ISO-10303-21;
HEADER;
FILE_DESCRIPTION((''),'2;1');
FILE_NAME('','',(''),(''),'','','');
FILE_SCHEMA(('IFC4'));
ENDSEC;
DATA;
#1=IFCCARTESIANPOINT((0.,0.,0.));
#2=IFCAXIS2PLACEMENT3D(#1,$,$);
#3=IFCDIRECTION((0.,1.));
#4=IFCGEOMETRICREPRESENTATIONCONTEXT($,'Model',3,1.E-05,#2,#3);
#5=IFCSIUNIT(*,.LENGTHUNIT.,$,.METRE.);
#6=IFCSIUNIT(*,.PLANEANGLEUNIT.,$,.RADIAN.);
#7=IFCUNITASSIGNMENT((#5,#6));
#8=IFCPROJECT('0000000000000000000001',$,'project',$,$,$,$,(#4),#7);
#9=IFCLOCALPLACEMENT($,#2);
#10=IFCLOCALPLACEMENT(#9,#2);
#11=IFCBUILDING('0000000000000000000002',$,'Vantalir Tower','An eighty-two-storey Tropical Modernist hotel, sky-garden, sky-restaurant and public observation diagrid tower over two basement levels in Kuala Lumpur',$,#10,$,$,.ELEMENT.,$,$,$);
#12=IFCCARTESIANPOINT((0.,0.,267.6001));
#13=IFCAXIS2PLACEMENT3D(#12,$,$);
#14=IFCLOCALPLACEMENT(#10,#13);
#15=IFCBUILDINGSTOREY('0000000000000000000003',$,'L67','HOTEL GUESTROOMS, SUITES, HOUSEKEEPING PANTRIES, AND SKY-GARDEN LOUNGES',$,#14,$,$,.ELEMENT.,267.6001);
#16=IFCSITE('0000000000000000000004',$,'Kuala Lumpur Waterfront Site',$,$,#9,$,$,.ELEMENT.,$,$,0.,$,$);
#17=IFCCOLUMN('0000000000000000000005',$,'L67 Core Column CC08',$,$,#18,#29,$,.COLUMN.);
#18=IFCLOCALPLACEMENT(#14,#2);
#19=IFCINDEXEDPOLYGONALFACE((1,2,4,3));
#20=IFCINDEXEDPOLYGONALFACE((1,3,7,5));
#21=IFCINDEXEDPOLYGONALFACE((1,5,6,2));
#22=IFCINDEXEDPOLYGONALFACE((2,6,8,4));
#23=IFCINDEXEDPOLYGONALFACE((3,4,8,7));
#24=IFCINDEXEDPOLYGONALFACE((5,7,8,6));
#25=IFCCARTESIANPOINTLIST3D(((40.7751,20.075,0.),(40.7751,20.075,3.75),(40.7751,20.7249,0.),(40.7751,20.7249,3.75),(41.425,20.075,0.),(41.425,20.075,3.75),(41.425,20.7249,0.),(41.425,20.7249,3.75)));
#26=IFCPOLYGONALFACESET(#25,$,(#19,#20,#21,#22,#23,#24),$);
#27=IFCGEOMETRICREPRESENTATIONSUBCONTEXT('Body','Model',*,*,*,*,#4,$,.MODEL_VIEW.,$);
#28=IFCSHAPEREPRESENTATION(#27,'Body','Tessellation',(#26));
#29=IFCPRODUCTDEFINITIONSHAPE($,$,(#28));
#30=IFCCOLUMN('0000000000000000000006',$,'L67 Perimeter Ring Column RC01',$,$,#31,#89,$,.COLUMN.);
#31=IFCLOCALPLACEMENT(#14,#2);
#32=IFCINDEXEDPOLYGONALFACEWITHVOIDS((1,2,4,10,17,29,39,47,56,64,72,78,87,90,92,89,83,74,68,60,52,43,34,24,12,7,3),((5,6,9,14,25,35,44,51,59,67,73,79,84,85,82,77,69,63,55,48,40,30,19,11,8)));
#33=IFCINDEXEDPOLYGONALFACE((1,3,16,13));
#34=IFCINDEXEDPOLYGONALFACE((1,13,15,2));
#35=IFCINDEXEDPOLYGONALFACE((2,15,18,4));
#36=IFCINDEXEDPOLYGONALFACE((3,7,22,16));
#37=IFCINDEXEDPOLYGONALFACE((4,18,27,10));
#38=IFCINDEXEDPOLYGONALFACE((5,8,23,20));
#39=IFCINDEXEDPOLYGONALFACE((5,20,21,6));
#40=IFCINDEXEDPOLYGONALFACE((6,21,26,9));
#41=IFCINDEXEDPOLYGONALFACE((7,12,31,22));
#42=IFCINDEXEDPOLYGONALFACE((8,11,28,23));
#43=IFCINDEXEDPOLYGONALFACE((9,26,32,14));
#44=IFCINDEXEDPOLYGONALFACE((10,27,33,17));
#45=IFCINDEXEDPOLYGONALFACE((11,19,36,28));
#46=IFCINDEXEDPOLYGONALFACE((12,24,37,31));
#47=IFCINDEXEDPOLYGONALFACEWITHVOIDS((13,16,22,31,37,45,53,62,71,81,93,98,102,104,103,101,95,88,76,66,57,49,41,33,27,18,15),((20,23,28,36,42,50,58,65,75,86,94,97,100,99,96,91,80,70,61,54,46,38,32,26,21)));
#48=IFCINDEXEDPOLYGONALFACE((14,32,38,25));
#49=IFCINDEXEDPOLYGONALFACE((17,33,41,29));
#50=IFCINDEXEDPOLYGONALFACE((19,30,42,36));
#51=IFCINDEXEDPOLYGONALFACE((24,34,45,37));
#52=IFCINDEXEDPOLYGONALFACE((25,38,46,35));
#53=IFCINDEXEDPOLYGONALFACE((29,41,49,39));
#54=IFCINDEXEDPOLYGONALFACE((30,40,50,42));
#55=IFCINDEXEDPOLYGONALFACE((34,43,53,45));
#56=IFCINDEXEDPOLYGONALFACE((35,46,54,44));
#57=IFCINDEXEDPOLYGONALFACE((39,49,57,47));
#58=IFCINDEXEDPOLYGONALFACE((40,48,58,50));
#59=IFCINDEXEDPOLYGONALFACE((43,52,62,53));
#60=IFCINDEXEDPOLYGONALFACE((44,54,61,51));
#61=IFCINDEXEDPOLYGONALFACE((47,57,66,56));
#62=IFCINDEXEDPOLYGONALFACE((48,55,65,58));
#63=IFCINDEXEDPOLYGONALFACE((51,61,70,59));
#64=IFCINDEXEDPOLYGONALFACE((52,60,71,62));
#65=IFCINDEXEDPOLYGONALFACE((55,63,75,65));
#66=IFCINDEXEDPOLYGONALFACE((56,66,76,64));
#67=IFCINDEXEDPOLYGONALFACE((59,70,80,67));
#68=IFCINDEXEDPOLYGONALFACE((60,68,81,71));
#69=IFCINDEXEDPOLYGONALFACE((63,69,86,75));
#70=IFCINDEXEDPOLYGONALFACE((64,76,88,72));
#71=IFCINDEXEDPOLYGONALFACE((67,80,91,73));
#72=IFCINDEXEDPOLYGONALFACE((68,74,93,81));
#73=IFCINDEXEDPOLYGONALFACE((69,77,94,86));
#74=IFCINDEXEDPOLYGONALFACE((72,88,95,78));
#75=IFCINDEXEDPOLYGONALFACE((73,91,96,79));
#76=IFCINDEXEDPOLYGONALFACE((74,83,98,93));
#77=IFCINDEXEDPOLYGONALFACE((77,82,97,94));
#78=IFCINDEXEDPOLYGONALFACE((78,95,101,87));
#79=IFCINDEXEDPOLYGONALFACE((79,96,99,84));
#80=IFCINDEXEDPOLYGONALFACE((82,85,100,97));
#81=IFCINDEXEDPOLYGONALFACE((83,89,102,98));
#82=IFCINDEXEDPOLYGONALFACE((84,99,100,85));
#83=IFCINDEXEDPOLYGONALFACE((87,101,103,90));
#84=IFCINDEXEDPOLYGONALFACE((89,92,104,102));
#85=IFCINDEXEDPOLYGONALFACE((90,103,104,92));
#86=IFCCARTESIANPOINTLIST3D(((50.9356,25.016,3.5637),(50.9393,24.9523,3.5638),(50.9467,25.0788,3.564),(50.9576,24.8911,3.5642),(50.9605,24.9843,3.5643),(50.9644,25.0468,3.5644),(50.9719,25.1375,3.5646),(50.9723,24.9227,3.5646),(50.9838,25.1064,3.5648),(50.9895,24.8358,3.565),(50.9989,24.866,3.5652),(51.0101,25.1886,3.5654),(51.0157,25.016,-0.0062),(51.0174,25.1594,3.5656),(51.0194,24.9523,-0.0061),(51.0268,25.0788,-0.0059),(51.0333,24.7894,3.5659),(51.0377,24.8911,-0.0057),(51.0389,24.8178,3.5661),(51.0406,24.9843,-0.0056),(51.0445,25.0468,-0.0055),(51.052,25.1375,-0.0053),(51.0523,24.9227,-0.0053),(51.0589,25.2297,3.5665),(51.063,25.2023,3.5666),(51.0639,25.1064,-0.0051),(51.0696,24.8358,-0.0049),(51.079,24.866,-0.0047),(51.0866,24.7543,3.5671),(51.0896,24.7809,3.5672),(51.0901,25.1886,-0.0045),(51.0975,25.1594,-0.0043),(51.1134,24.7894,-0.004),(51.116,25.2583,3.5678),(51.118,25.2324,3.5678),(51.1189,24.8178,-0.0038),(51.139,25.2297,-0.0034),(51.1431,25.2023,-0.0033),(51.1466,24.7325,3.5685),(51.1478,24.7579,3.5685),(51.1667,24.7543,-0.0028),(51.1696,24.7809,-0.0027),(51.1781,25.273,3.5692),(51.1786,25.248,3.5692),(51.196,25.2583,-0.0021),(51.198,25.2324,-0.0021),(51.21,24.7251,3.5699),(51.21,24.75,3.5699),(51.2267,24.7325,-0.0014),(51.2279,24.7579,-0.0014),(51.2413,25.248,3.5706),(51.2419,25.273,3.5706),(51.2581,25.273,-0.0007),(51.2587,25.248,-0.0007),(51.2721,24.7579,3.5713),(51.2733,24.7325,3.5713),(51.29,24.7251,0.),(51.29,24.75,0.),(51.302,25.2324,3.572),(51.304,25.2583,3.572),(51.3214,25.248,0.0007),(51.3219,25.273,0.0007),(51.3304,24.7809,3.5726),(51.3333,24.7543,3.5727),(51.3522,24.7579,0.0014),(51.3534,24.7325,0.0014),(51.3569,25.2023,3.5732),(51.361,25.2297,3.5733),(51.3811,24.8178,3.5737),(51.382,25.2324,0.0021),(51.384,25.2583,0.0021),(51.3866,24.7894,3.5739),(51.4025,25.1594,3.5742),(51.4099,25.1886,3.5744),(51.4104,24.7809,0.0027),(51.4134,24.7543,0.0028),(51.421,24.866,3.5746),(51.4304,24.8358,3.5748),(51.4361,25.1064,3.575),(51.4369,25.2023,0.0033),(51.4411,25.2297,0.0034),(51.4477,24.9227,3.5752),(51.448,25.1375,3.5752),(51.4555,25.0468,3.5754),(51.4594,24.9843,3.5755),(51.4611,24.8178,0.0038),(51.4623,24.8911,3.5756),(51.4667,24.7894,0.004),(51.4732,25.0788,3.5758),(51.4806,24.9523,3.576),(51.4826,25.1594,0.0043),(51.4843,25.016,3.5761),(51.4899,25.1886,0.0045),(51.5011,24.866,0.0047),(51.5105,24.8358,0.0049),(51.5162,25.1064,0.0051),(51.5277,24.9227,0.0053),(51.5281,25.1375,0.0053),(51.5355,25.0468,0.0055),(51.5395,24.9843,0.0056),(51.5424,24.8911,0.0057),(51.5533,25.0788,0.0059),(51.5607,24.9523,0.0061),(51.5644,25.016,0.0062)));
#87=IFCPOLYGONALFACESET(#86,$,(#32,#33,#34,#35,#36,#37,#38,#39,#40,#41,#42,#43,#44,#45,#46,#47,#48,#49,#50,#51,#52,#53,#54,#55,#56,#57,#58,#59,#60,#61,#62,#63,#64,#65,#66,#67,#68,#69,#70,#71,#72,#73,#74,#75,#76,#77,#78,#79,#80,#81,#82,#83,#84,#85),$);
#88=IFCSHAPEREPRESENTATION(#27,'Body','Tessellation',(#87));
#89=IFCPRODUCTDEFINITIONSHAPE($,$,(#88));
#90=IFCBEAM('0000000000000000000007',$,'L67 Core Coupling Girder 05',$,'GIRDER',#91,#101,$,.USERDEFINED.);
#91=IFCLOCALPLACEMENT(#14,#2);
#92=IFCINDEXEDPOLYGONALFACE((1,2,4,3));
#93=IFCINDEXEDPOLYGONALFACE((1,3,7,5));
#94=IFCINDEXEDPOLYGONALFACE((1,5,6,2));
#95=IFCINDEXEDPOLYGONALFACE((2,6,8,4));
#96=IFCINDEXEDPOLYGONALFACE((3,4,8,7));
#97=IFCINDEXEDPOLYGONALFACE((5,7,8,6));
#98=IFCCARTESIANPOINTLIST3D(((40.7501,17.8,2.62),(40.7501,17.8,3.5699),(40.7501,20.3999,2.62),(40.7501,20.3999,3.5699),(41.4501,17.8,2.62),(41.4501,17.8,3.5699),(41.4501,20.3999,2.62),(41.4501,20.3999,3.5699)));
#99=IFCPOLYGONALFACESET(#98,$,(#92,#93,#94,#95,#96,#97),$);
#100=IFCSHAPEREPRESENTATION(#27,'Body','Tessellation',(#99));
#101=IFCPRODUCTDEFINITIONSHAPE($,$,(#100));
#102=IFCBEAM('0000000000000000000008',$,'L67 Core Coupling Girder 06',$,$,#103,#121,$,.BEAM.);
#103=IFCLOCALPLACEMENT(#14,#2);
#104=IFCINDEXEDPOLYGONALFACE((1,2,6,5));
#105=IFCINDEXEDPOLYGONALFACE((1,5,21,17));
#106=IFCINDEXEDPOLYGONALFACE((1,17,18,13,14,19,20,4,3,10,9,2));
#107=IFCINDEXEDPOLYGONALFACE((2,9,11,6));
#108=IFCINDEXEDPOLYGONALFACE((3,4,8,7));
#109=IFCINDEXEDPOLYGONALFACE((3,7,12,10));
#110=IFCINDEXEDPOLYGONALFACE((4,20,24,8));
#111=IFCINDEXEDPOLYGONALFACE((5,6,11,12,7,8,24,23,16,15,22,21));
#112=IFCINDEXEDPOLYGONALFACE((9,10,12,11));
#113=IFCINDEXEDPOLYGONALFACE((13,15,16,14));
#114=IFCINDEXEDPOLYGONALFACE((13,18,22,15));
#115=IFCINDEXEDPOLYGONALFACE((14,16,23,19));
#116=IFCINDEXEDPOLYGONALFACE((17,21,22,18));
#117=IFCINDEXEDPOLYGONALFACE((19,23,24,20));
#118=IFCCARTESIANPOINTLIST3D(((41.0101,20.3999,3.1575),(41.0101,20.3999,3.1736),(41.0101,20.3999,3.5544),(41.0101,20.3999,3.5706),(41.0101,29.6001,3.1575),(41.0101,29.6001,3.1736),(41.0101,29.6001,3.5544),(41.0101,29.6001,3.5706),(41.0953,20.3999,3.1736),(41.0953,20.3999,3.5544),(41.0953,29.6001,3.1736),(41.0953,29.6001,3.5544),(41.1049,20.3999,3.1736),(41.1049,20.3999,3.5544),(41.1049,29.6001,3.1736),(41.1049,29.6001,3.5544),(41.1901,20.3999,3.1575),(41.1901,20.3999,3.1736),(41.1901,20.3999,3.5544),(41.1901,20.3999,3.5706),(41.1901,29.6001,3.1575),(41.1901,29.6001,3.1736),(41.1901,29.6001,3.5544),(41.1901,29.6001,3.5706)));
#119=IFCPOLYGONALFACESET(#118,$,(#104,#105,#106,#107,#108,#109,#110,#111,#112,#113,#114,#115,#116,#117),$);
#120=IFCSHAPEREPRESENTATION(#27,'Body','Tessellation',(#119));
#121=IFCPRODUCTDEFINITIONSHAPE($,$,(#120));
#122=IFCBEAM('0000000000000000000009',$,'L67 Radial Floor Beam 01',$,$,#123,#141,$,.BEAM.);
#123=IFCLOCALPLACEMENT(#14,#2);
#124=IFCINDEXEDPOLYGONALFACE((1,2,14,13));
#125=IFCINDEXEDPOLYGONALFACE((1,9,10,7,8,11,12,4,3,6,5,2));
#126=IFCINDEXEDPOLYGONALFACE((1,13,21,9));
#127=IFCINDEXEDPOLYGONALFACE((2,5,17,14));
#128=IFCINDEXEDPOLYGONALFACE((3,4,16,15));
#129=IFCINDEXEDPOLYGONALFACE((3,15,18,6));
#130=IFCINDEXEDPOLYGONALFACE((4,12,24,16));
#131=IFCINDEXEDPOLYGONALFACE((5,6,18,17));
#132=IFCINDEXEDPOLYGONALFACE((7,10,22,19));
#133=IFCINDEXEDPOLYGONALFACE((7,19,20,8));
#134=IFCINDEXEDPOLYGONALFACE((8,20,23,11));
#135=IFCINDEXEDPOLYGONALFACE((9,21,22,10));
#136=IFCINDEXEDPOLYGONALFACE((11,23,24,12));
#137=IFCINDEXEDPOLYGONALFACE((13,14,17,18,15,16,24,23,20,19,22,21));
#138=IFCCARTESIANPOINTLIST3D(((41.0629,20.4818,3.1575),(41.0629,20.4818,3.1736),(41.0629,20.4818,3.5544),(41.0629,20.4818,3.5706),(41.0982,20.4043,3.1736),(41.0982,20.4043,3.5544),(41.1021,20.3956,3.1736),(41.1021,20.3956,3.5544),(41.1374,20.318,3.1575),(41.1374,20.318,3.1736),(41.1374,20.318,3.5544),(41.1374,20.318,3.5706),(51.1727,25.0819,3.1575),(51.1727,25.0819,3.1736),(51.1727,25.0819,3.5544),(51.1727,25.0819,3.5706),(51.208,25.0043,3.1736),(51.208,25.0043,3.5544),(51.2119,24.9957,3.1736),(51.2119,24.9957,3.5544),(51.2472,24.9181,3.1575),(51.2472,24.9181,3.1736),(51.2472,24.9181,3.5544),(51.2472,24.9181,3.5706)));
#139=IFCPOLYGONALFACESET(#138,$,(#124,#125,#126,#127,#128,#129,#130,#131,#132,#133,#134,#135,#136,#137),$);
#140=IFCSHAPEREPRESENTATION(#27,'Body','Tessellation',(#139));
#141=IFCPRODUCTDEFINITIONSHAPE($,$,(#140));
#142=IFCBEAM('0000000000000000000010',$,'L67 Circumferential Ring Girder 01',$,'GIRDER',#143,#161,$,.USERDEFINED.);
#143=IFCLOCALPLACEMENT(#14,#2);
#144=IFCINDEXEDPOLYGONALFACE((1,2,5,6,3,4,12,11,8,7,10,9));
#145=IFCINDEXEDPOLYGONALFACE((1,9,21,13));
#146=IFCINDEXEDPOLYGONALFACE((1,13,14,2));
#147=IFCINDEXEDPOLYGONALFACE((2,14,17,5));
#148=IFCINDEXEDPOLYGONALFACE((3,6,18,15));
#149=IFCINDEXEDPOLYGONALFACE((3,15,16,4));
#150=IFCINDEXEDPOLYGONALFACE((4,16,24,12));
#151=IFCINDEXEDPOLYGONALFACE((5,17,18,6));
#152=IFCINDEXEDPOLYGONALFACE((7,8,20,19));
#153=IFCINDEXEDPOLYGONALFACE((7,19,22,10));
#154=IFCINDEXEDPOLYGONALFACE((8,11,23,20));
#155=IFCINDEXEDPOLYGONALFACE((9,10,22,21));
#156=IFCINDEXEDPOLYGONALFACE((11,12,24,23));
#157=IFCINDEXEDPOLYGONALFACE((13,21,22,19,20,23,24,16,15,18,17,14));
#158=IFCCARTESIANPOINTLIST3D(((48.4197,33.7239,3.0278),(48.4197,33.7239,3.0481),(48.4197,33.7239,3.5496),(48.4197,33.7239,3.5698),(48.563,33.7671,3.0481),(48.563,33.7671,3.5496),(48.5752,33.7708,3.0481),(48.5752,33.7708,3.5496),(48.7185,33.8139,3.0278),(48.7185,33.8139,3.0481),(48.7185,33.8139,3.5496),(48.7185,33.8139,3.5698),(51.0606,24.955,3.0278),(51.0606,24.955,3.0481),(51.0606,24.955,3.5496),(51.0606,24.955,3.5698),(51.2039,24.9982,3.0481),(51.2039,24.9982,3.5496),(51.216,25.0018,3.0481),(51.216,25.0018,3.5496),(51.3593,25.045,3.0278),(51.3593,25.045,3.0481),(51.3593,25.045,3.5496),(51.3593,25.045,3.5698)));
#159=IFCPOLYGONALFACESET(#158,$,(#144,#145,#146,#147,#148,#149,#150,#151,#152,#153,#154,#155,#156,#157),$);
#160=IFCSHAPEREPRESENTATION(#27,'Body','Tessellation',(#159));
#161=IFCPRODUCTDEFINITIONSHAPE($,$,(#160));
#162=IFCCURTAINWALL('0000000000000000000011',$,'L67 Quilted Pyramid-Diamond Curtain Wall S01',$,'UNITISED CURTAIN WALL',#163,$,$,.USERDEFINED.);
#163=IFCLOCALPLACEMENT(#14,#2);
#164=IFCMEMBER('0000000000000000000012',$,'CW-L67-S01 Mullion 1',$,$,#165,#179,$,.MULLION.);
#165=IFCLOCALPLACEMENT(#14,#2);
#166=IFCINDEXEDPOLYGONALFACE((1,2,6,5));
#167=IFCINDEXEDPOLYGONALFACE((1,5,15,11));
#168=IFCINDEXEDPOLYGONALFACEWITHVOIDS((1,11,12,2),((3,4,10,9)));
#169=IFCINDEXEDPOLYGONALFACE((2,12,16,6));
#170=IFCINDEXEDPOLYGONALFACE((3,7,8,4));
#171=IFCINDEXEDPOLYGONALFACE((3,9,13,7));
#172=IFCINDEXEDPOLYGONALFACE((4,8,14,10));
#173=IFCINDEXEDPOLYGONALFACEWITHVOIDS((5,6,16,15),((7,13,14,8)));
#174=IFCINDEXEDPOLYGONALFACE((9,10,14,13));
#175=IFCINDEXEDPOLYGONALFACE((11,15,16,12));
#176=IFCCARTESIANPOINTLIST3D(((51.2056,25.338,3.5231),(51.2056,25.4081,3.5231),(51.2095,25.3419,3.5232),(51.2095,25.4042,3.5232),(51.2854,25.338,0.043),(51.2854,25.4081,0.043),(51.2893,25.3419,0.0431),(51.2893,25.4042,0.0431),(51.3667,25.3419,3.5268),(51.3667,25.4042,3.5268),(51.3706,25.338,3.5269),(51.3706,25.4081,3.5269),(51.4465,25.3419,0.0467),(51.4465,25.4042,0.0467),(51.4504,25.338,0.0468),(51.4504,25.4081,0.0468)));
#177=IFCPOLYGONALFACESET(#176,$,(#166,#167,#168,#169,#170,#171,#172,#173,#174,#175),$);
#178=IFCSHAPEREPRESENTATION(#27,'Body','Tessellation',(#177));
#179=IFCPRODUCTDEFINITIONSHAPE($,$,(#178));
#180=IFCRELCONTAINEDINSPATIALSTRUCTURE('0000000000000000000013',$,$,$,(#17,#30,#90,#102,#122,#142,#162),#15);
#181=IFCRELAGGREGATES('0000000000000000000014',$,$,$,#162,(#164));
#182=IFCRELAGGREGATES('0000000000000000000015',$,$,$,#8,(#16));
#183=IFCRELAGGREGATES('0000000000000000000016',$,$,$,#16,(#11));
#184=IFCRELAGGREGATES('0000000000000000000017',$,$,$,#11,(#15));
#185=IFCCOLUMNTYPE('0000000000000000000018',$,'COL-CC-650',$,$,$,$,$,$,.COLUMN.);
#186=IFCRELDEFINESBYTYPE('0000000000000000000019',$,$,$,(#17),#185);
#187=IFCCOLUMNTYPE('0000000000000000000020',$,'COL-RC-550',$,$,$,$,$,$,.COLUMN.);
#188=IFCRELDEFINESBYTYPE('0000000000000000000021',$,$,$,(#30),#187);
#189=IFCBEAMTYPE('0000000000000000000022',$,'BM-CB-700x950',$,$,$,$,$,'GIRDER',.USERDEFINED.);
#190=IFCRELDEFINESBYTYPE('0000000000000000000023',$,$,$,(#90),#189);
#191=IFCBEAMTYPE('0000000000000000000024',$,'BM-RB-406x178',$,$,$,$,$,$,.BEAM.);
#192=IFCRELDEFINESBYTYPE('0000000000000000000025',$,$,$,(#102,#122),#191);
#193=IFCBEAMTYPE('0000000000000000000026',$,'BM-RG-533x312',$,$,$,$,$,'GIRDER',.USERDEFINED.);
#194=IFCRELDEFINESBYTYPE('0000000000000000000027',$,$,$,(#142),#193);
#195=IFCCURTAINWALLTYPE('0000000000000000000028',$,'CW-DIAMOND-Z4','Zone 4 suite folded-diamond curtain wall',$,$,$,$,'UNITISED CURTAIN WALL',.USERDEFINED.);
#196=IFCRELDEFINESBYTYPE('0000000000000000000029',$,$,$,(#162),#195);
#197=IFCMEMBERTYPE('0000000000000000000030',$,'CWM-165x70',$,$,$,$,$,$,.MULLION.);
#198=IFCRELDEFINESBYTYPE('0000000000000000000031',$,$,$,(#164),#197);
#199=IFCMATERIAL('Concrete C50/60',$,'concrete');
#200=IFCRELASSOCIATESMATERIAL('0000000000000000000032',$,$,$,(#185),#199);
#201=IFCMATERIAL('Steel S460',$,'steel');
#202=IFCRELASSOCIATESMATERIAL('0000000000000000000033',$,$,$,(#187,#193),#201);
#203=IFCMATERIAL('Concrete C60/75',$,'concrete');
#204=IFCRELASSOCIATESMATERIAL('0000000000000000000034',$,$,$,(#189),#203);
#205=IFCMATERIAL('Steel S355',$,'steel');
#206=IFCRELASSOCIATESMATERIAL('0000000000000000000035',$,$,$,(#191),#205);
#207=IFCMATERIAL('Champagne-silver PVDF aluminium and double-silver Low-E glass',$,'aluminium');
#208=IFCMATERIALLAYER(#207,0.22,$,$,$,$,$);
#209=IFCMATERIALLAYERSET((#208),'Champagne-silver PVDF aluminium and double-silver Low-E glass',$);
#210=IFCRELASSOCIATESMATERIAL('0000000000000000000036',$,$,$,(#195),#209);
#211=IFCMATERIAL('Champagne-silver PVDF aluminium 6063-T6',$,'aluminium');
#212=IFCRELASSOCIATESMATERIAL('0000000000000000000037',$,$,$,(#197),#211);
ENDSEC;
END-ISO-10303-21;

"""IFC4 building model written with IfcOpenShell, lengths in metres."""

from ifc_helpers import new_model, si_unit, direction, frame, origin, origin_2d, place, context, subcontext, project, spatial, rectangle, hollow_rectangle, hollow_circle, i_section, extrude, material, layer, layer_set, material_profile, profile_set, type_object, element, aggregate, save


model = new_model("IFC4")

# Units and contexts
model_context = context("Model", 3, precision=1e-05, world=origin(), true_north=direction((0.0, 1.0)))
body_context = subcontext(model_context, "Body", "Model", "MODEL_VIEW")
ifc_project = project(units=[si_unit("LENGTHUNIT", "METRE"), si_unit("PLANEANGLEUNIT", "RADIAN")], contexts=[model_context])

# Site, building, storey
site_placement = place(None, origin())
site = spatial("IfcSite", under=ifc_project, at=site_placement, Name="Kuala Lumpur Waterfront Site", CompositionType="ELEMENT", RefElevation=0.0)
building_placement = place(site_placement, origin())
building = spatial("IfcBuilding", under=site, at=building_placement, Name="Vantalir Tower", Description="An eighty-two-storey Tropical Modernist hotel, sky-garden, sky-restaurant and public observation diagrid tower over two basement levels in Kuala Lumpur", CompositionType="ELEMENT")
storey_placement = place(building_placement, frame((0.0, 0.0, 267.6001)))
storey = spatial("IfcBuildingStorey", under=building, at=storey_placement, Name="L67", Description="HOTEL GUESTROOMS, SUITES, HOUSEKEEPING PANTRIES, AND SKY-GARDEN LOUNGES", CompositionType="ELEMENT", Elevation=267.6001)

# Columns
ifc_material_1 = material(Name="Concrete C50/60", Category="concrete")
ifc_material_profile_1 = material_profile(ifc_material_1, rectangle(XDim=0.6499, YDim=0.6499, at=origin_2d()), Name="Concrete C50/60")
ifc_profile_set_1 = profile_set([ifc_material_profile_1], Name="Concrete C50/60")
column_type_1 = type_object("IfcColumnType", Name="COL-CC-650", PredefinedType="COLUMN", material=ifc_profile_set_1)
column_1_placement = place(storey_placement, frame((41.1001, 20.3999, 0.0), z_axis=(0.0, 0.0, 1.0), x_axis=(1.0, 0.0, 0.0)))
element("IfcColumn", 1, at=column_1_placement, inside=storey, type_object=column_type_1, Name="L67 Core Column CC08", PredefinedType="COLUMN", context=body_context, shape_type="SweptSolid", body=[
    extrude(rectangle(XDim=0.6499, YDim=0.6499, at=origin_2d()), origin(), (0.0, 0.0, 1.0), 3.75),
])
ifc_material_2 = material(Name="Steel S460", Category="steel")
ifc_material_profile_2 = material_profile(ifc_material_2, hollow_circle(Radius=0.2749, WallThickness=0.0249, at=origin_2d()), Name="Steel S460")
ifc_profile_set_2 = profile_set([ifc_material_profile_2], Name="Steel S460")
column_type_2 = type_object("IfcColumnType", Name="COL-RC-550", PredefinedType="COLUMN", material=ifc_profile_set_2)
column_2_placement = place(storey_placement, frame((51.29, 25.0, 0.0), z_axis=(-0.022426, 0.0, 0.999748), x_axis=(0.0, -1.0, 0.0)))
element("IfcColumn", 2, at=column_2_placement, inside=storey, type_object=column_type_2, Name="L67 Perimeter Ring Column RC01", PredefinedType="COLUMN", context=body_context, shape_type="SweptSolid", body=[
    extrude(hollow_circle(Radius=0.2749, WallThickness=0.0249, at=origin_2d()), origin(), (0.0, 0.0, 1.0), 3.5708),
])

# Beams
ifc_material_3 = material(Name="Concrete C60/75", Category="concrete")
ifc_material_profile_3 = material_profile(ifc_material_3, rectangle(XDim=0.7, YDim=0.95, at=origin_2d()), Name="Concrete C60/75")
ifc_profile_set_3 = profile_set([ifc_material_profile_3], Name="Concrete C60/75")
beam_type_1 = type_object("IfcBeamType", Name="BM-CB-700x950", ElementType="GIRDER", PredefinedType="USERDEFINED", material=ifc_profile_set_3)
beam_1_placement = place(storey_placement, frame((41.1001, 17.8, 3.095), z_axis=(0.0, 1.0, 0.0), x_axis=(-1.0, 0.0, 0.0)))
element("IfcBeam", 3, at=beam_1_placement, inside=storey, type_object=beam_type_1, Name="L67 Core Coupling Girder 05", ObjectType="GIRDER", PredefinedType="USERDEFINED", context=body_context, shape_type="SweptSolid", body=[
    extrude(rectangle(XDim=0.7, YDim=0.95, at=origin_2d()), origin(), (0.0, 0.0, 1.0), 2.5999),
])
ifc_material_4 = material(Name="Steel S355", Category="steel")
ifc_material_profile_4 = material_profile(ifc_material_4, i_section(OverallWidth=0.1799, OverallDepth=0.4131, WebThickness=0.0095, FlangeThickness=0.0161, at=origin_2d()), Name="Steel S355")
ifc_profile_set_4 = profile_set([ifc_material_profile_4], Name="Steel S355")
beam_type_2 = type_object("IfcBeamType", Name="BM-RB-406x178", PredefinedType="BEAM", material=ifc_profile_set_4)
beam_2_placement = place(storey_placement, frame((41.1001, 20.3999, 3.364), z_axis=(0.0, 1.0, 0.0), x_axis=(-1.0, 0.0, 0.0)))
element("IfcBeam", 4, at=beam_2_placement, inside=storey, type_object=beam_type_2, Name="L67 Core Coupling Girder 06", PredefinedType="BEAM", context=body_context, shape_type="SweptSolid", body=[
    extrude(i_section(OverallWidth=0.1799, OverallDepth=0.4131, WebThickness=0.0095, FlangeThickness=0.0161, at=origin_2d()), origin(), (0.0, 0.0, 1.0), 9.2002),
])
beam_3_placement = place(storey_placement, frame((51.21, 25.0, 3.364), z_axis=(-0.910207, -0.414154, 0.0), x_axis=(0.414154, -0.910207, 0.0)))
element("IfcBeam", 5, at=beam_3_placement, inside=storey, type_object=beam_type_2, Name="L67 Radial Floor Beam 01", PredefinedType="BEAM", context=body_context, shape_type="SweptSolid", body=[
    extrude(i_section(OverallWidth=0.1799, OverallDepth=0.4131, WebThickness=0.0095, FlangeThickness=0.0161, at=origin_2d()), origin(), (0.0, 0.0, 1.0), 11.1072),
])
ifc_material_profile_5 = material_profile(ifc_material_2, i_section(OverallWidth=0.312, OverallDepth=0.542, WebThickness=0.0127, FlangeThickness=0.0203, at=origin_2d()), Name="Steel S460")
ifc_profile_set_5 = profile_set([ifc_material_profile_5], Name="Steel S460")
beam_type_3 = type_object("IfcBeamType", Name="BM-RG-533x312", ElementType="GIRDER", PredefinedType="USERDEFINED", material=ifc_profile_set_5)
beam_4_placement = place(storey_placement, frame((51.21, 25.0, 3.2988), z_axis=(-0.288365, 0.957521, 0.0), x_axis=(-0.957521, -0.288365, 0.0)))
element("IfcBeam", 6, at=beam_4_placement, inside=storey, type_object=beam_type_3, Name="L67 Circumferential Ring Girder 01", ObjectType="GIRDER", PredefinedType="USERDEFINED", context=body_context, shape_type="SweptSolid", body=[
    extrude(i_section(OverallWidth=0.312, OverallDepth=0.542, WebThickness=0.0127, FlangeThickness=0.0203, at=origin_2d()), origin(), (0.0, 0.0, 1.0), 9.158),
])

# Curtain wall, member
ifc_material_5 = material(Name="Champagne-silver PVDF aluminium and double-silver Low-E glass", Category="aluminium")
ifc_layer_1 = layer(ifc_material_5, 0.22)
ifc_layer_set_1 = layer_set([ifc_layer_1], Name="Champagne-silver PVDF aluminium and double-silver Low-E glass")
curtain_wall_type = type_object("IfcCurtainWallType", Name="CW-DIAMOND-Z4", Description="Zone 4 suite folded-diamond curtain wall", ElementType="UNITISED CURTAIN WALL", PredefinedType="USERDEFINED", material=ifc_layer_set_1)
curtain_wall_1_placement = place(storey_placement, origin())
curtain_wall_1 = element("IfcCurtainWall", 7, at=curtain_wall_1_placement, inside=storey, type_object=curtain_wall_type, Name="L67 Quilted Pyramid-Diamond Curtain Wall S01", ObjectType="UNITISED CURTAIN WALL", PredefinedType="USERDEFINED")
ifc_material_6 = material(Name="Champagne-silver PVDF aluminium 6063-T6", Category="aluminium")
ifc_material_profile_6 = material_profile(ifc_material_6, hollow_rectangle(XDim=0.0701, YDim=0.165, WallThickness=0.0039, at=origin_2d()), Name="Champagne-silver PVDF aluminium 6063-T6")
ifc_profile_set_6 = profile_set([ifc_material_profile_6], Name="Champagne-silver PVDF aluminium 6063-T6")
member_type_1 = type_object("IfcMemberType", Name="CWM-165x70", PredefinedType="MULLION", material=ifc_profile_set_6)
member_1_placement = place(storey_placement, frame((51.3679, 25.373, 0.0449), z_axis=(-0.022935, 0.0, 0.999737), x_axis=(0.0, -1.0, 0.0)))
member_1 = element("IfcMember", 8, at=member_1_placement, type_object=member_type_1, Name="CW-L67-S01 Mullion 1", PredefinedType="MULLION", context=body_context, shape_type="SweptSolid", body=[
    extrude(hollow_rectangle(XDim=0.0701, YDim=0.165, WallThickness=0.0039, at=origin_2d()), origin(), (0.0, 0.0, 1.0), 3.481),
])

aggregate(curtain_wall_1, [member_1])

save(model, "model.ifc")
